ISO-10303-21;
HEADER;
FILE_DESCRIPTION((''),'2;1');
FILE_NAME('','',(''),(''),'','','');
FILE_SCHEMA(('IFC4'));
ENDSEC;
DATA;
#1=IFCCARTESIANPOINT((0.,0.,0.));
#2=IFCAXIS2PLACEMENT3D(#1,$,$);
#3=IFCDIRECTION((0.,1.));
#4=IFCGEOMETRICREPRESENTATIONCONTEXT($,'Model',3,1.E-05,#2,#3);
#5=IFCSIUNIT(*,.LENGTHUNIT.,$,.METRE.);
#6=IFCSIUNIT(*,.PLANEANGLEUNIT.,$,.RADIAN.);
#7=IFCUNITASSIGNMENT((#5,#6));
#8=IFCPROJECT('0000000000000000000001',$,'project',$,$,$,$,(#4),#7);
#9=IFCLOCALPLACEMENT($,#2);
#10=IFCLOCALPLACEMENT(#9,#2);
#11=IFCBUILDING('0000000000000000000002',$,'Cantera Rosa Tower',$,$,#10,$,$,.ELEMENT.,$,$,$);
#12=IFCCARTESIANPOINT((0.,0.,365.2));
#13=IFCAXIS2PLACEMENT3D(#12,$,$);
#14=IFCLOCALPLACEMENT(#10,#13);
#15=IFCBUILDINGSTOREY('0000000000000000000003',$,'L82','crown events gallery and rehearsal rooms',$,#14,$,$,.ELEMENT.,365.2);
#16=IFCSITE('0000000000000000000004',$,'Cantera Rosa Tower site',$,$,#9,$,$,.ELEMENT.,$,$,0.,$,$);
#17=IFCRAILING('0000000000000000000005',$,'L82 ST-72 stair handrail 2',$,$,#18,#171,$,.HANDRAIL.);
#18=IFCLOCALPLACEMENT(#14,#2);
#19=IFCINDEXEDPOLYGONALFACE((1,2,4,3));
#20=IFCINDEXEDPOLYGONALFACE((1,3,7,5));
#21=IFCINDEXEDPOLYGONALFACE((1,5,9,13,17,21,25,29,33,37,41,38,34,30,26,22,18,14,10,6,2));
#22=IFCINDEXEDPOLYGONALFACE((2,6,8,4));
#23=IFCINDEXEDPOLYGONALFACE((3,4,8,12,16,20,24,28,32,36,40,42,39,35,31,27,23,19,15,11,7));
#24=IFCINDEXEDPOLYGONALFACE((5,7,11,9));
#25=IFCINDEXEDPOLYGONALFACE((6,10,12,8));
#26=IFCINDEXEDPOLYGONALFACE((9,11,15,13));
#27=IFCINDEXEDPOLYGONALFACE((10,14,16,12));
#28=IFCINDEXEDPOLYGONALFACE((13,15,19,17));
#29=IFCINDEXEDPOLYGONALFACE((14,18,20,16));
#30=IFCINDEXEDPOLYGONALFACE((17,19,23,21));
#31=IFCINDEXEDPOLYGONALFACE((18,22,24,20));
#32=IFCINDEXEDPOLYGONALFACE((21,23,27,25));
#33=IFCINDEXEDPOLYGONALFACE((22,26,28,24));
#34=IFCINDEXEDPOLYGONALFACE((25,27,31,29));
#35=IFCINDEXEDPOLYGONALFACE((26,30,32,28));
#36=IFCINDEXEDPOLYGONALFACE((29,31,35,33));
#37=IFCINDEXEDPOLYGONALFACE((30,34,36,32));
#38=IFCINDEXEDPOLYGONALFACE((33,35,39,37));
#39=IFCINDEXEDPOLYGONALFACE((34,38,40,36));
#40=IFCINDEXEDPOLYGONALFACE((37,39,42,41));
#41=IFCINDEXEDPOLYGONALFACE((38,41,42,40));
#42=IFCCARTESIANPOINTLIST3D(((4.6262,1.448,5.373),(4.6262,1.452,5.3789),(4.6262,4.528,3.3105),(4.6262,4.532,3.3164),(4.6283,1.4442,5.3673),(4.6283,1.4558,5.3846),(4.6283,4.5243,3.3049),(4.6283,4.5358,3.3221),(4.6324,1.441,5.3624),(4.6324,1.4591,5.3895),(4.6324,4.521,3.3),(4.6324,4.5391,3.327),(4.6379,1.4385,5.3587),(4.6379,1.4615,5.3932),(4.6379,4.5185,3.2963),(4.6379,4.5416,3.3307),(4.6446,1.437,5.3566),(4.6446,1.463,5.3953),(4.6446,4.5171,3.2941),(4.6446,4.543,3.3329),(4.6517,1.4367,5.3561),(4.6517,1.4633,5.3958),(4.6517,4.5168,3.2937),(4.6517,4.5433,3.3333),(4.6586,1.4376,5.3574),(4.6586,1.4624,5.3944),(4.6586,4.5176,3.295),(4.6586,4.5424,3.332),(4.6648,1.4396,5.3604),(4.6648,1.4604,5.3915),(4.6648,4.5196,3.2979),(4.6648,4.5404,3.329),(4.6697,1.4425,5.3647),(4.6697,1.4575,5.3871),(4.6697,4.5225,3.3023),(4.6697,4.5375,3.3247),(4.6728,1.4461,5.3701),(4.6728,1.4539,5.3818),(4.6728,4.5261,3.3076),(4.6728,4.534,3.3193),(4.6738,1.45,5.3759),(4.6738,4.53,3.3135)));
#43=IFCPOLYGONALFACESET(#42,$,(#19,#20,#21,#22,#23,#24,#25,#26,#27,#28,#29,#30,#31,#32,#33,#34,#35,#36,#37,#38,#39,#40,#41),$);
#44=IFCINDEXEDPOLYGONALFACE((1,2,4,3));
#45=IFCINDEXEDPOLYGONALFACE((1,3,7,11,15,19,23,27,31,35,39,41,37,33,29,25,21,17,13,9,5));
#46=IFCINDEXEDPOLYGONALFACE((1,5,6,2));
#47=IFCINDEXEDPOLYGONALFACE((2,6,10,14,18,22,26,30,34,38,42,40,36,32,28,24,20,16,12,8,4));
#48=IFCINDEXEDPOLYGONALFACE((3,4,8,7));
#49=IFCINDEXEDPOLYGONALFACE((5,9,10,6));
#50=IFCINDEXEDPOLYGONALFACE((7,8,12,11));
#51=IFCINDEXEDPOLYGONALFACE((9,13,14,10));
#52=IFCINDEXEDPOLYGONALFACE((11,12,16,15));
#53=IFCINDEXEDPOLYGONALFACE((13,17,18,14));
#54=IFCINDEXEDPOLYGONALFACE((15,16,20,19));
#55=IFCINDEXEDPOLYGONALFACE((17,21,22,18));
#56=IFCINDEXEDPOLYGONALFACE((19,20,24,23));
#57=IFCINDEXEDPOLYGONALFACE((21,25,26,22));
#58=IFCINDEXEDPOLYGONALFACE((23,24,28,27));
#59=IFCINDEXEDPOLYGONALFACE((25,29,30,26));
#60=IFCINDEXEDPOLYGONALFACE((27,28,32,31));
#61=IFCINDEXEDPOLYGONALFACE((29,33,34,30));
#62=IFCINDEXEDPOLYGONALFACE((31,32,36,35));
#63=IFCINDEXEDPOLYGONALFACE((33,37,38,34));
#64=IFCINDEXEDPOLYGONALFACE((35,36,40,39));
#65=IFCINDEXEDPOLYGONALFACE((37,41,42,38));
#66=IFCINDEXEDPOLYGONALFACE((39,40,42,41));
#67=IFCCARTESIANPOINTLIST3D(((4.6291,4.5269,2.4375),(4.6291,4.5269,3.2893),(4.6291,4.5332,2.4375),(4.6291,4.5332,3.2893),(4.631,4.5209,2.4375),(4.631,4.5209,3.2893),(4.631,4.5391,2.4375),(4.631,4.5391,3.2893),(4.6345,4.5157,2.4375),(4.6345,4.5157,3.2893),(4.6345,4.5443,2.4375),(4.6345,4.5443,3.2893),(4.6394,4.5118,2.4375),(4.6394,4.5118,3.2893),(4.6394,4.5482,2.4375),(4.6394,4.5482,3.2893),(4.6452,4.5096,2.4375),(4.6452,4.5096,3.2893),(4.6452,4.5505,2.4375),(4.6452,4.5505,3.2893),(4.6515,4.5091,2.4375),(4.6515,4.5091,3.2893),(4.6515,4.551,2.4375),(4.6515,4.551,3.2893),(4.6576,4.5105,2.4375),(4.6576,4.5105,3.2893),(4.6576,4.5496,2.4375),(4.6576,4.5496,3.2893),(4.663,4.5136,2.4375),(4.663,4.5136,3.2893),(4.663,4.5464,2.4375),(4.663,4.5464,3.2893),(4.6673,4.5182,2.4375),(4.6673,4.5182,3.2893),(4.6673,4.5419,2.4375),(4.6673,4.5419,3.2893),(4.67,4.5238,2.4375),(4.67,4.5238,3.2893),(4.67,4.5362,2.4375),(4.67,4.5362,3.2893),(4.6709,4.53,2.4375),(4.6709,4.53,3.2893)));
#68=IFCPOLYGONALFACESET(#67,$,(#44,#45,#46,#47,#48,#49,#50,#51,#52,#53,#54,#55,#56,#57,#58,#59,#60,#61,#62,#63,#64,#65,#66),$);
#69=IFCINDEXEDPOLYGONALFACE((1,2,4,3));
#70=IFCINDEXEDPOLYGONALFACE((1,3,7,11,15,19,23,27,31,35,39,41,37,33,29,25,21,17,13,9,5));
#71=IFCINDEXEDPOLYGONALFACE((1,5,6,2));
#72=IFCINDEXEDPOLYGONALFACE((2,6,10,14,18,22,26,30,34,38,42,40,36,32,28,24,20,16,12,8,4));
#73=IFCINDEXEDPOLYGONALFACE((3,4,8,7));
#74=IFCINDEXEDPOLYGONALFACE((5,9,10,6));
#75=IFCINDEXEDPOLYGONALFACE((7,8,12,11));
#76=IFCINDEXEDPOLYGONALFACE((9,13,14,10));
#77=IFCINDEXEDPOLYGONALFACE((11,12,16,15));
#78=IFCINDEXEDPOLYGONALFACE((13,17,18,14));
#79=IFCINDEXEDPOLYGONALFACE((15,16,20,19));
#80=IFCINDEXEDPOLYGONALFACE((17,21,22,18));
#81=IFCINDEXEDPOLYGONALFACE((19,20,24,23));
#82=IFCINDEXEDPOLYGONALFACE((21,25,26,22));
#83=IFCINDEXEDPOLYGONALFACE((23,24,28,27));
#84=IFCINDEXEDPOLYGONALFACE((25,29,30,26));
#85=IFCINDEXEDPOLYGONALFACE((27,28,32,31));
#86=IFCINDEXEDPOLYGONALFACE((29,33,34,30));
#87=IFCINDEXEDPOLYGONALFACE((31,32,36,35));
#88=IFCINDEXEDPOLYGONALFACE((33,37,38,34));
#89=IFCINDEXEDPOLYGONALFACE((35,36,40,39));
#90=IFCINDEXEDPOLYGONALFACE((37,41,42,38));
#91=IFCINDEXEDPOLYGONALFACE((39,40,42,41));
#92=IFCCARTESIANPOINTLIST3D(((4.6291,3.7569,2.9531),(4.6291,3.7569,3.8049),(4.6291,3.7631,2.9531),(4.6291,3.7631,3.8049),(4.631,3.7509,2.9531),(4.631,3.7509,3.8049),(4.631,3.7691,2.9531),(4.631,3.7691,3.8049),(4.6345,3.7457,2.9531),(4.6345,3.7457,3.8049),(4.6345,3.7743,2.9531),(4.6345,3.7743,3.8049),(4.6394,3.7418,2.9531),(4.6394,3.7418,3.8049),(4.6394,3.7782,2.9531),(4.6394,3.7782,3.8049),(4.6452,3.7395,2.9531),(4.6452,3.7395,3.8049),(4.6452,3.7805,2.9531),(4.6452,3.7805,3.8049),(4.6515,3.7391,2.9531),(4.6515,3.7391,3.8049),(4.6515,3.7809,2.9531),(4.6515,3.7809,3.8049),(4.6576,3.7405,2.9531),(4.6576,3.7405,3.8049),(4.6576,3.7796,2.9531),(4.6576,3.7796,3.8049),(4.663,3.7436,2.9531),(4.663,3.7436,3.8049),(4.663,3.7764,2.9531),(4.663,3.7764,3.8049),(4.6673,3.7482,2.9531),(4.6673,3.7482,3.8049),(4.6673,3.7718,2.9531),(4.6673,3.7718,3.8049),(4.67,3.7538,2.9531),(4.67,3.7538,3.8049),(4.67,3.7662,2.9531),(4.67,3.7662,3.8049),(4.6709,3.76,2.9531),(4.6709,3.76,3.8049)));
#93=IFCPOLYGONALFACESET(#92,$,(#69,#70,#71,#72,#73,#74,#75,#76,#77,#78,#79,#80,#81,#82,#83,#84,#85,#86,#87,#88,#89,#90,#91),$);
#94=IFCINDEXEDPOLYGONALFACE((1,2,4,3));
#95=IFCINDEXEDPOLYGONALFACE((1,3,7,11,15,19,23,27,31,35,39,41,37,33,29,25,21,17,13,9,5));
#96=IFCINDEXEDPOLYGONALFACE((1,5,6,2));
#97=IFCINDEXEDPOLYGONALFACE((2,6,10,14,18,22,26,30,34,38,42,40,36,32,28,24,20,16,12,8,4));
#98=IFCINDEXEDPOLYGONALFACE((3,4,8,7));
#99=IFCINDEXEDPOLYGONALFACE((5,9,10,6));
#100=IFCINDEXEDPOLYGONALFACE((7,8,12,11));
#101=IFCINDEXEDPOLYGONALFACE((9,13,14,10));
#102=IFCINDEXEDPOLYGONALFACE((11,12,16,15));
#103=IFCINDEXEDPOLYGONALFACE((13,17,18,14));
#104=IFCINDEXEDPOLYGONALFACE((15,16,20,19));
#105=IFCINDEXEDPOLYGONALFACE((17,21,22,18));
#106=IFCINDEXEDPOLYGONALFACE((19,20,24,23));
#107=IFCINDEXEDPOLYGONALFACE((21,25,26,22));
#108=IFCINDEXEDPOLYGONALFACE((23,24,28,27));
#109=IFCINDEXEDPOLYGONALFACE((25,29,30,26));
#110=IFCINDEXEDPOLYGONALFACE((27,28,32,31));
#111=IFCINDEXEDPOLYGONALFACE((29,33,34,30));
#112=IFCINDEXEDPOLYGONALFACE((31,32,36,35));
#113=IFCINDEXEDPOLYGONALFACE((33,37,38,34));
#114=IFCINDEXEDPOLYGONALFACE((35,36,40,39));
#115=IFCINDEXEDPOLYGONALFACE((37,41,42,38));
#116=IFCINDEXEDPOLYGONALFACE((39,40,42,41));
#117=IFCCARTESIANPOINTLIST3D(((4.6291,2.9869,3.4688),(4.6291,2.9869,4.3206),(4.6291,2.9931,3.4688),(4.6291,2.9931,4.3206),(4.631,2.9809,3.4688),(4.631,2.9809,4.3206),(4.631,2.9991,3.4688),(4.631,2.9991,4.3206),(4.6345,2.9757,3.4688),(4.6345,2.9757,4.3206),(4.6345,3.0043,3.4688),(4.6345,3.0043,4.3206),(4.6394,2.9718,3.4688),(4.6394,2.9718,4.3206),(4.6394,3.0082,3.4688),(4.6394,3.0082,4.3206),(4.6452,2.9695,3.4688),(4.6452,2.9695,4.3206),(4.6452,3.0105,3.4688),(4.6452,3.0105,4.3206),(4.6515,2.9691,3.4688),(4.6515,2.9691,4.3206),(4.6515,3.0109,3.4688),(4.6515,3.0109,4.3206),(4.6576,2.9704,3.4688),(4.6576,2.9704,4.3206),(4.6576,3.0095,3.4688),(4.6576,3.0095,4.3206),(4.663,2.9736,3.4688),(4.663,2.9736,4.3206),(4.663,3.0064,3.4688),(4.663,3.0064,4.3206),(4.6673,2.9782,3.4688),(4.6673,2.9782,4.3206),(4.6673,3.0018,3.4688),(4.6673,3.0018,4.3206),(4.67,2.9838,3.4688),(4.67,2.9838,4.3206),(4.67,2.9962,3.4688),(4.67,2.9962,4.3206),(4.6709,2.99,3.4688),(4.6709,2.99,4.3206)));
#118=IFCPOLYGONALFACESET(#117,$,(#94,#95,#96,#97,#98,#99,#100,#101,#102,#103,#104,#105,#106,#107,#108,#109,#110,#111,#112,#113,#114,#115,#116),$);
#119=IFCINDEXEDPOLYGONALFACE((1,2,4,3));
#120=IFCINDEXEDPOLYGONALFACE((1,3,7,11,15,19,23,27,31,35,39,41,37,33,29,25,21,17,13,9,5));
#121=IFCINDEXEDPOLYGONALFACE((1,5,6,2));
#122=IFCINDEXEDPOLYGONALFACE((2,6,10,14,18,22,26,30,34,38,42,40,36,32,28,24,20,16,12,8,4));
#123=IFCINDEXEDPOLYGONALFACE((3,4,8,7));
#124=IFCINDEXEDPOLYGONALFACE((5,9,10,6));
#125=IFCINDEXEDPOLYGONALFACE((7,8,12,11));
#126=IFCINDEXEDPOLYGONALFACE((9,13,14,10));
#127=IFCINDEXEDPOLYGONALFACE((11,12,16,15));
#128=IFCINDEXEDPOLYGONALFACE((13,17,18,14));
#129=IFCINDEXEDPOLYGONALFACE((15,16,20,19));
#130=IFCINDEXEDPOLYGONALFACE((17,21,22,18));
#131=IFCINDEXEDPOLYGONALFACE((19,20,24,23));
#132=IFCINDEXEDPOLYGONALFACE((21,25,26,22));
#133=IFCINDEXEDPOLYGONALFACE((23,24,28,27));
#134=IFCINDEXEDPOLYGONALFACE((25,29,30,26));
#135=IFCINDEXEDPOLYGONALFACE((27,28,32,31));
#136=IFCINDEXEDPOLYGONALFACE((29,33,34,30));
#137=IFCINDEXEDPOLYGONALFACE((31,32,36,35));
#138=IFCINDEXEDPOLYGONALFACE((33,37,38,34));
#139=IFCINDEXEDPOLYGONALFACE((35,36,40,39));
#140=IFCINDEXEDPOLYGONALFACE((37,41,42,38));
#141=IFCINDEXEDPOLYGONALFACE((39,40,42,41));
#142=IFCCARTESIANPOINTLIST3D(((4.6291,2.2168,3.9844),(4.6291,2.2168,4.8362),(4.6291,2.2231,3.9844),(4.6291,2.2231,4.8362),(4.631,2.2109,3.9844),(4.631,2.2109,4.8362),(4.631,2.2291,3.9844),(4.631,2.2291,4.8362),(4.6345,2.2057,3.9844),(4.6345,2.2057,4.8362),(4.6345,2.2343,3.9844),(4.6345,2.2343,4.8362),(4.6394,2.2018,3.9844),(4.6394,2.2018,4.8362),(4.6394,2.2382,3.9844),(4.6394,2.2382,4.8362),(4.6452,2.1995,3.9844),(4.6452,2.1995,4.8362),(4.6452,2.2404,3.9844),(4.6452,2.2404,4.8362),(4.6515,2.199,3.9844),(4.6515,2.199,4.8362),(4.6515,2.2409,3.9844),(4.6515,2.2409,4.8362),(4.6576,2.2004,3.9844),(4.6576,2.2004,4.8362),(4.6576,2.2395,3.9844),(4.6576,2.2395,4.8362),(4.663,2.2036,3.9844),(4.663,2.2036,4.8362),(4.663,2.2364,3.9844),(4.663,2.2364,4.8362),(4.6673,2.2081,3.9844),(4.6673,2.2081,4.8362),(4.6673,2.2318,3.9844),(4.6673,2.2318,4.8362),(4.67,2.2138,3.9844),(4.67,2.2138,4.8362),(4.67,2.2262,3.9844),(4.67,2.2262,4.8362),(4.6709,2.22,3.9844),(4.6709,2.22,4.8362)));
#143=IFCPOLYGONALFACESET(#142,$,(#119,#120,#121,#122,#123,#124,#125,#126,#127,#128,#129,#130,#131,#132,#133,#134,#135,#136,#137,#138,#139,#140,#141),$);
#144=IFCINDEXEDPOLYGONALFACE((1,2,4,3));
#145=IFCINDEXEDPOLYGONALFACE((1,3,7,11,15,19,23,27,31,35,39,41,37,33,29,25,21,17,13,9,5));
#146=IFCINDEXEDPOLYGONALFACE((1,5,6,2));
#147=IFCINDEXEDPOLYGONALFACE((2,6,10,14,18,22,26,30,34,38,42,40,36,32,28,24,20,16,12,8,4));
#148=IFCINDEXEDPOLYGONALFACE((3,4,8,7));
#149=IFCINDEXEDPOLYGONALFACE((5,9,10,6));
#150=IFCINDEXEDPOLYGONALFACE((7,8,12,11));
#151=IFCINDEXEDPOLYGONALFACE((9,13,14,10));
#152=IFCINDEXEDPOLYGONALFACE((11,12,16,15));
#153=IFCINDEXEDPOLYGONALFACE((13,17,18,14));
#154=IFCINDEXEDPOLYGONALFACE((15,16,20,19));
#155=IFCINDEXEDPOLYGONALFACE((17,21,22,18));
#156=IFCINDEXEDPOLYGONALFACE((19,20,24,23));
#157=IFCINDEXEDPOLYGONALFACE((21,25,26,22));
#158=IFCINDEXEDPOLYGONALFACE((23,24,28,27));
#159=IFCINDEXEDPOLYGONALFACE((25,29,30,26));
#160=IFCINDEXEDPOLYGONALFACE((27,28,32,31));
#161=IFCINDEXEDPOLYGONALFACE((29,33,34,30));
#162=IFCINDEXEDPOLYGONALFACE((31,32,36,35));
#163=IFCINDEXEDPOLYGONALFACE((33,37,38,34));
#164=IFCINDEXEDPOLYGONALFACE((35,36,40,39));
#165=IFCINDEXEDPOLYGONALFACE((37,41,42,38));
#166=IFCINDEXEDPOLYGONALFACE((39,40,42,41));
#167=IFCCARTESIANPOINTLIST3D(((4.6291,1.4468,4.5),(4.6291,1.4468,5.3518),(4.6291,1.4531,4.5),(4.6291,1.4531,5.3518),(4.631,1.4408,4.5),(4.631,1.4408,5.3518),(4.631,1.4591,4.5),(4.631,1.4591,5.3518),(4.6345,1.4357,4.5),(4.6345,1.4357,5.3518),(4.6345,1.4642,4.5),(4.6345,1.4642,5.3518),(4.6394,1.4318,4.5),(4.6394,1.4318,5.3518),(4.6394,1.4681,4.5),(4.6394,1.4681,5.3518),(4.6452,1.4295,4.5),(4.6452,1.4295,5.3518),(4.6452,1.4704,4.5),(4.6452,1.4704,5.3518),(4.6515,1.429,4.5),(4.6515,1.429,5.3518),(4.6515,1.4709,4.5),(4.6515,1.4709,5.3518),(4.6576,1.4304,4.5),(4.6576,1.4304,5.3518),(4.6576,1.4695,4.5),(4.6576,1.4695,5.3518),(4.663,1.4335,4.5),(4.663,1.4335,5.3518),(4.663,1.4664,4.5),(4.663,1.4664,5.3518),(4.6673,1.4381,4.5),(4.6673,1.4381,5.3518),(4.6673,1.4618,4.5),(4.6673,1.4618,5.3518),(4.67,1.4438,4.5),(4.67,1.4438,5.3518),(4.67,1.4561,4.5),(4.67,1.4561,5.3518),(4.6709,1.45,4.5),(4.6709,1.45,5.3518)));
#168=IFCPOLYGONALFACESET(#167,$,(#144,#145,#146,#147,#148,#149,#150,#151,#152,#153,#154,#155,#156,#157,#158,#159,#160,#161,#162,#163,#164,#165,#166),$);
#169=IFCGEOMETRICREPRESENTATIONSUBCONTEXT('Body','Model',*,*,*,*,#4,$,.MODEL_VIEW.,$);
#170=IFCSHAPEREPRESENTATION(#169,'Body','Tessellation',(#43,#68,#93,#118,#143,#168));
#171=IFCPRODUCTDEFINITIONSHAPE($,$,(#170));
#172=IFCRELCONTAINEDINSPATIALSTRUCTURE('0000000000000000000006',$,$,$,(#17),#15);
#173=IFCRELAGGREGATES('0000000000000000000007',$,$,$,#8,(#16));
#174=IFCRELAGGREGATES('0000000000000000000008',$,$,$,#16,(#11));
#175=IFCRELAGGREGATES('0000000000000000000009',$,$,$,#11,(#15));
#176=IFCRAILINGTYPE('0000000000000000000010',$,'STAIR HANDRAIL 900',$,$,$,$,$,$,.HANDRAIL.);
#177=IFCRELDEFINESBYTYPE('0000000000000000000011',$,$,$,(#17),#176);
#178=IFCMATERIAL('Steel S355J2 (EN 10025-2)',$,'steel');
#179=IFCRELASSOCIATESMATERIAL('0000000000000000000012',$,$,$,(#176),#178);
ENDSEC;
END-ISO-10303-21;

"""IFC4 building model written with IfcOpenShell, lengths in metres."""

from ifc_helpers import new_model, si_unit, direction, frame, origin, origin_2d, place, context, subcontext, project, spatial, circle, extrude, material, type_object, element, save


model = new_model("IFC4")

# Units and contexts
model_context = context("Model", 3, precision=1e-05, world=origin(), true_north=direction((0.0, 1.0)))
body_context = subcontext(model_context, "Body", "Model", "MODEL_VIEW")
ifc_project = project(units=[si_unit("LENGTHUNIT", "METRE"), si_unit("PLANEANGLEUNIT", "RADIAN")], contexts=[model_context])

# Site, building, storey
site_placement = place(None, origin())
site = spatial("IfcSite", under=ifc_project, at=site_placement, Name="Cantera Rosa Tower site", CompositionType="ELEMENT", RefElevation=0.0)
building_placement = place(site_placement, origin())
building = spatial("IfcBuilding", under=site, at=building_placement, Name="Cantera Rosa Tower", CompositionType="ELEMENT")
storey_placement = place(building_placement, frame((0.0, 0.0, 365.2)))
storey = spatial("IfcBuildingStorey", under=building, at=storey_placement, Name="L82", Description="crown events gallery and rehearsal rooms", CompositionType="ELEMENT", Elevation=365.2)

# Railing
ifc_material_1 = material(Name="Steel S355J2 (EN 10025-2)", Category="steel")
railing_type_1 = type_object("IfcRailingType", Name="STAIR HANDRAIL 900", PredefinedType="HANDRAIL", material=ifc_material_1)
railing_1_placement = place(storey_placement, frame((4.6499, 4.53, 2.4375)))
element("IfcRailing", 1, at=railing_1_placement, inside=storey, type_object=railing_type_1, Name="L82 ST-72 stair handrail 2", PredefinedType="HANDRAIL", context=body_context, shape_type="SweptSolid", body=[
    extrude(circle(Radius=0.0239, at=origin_2d()), frame((0.0, 0.0, 0.876), z_axis=(0.0, -0.830914, 0.556401), x_axis=(1.0, 0.0, 0.0)), (0.0, 0.0, 1.0), 3.7068),
    extrude(circle(Radius=0.021, at=origin_2d()), origin(), (0.0, 0.0, 1.0), 0.8518),
    extrude(circle(Radius=0.021, at=origin_2d()), frame((0.0, -0.77, 0.5156)), (0.0, 0.0, 1.0), 0.8518),
    extrude(circle(Radius=0.021, at=origin_2d()), frame((0.0, -1.54, 1.0312)), (0.0, 0.0, 1.0), 0.8518),
    extrude(circle(Radius=0.021, at=origin_2d()), frame((0.0, -2.3101, 1.5469)), (0.0, 0.0, 1.0), 0.8518),
    extrude(circle(Radius=0.021, at=origin_2d()), frame((0.0, -3.0801, 2.0625)), (0.0, 0.0, 1.0), 0.8518),
])

save(model, "model.ifc")
